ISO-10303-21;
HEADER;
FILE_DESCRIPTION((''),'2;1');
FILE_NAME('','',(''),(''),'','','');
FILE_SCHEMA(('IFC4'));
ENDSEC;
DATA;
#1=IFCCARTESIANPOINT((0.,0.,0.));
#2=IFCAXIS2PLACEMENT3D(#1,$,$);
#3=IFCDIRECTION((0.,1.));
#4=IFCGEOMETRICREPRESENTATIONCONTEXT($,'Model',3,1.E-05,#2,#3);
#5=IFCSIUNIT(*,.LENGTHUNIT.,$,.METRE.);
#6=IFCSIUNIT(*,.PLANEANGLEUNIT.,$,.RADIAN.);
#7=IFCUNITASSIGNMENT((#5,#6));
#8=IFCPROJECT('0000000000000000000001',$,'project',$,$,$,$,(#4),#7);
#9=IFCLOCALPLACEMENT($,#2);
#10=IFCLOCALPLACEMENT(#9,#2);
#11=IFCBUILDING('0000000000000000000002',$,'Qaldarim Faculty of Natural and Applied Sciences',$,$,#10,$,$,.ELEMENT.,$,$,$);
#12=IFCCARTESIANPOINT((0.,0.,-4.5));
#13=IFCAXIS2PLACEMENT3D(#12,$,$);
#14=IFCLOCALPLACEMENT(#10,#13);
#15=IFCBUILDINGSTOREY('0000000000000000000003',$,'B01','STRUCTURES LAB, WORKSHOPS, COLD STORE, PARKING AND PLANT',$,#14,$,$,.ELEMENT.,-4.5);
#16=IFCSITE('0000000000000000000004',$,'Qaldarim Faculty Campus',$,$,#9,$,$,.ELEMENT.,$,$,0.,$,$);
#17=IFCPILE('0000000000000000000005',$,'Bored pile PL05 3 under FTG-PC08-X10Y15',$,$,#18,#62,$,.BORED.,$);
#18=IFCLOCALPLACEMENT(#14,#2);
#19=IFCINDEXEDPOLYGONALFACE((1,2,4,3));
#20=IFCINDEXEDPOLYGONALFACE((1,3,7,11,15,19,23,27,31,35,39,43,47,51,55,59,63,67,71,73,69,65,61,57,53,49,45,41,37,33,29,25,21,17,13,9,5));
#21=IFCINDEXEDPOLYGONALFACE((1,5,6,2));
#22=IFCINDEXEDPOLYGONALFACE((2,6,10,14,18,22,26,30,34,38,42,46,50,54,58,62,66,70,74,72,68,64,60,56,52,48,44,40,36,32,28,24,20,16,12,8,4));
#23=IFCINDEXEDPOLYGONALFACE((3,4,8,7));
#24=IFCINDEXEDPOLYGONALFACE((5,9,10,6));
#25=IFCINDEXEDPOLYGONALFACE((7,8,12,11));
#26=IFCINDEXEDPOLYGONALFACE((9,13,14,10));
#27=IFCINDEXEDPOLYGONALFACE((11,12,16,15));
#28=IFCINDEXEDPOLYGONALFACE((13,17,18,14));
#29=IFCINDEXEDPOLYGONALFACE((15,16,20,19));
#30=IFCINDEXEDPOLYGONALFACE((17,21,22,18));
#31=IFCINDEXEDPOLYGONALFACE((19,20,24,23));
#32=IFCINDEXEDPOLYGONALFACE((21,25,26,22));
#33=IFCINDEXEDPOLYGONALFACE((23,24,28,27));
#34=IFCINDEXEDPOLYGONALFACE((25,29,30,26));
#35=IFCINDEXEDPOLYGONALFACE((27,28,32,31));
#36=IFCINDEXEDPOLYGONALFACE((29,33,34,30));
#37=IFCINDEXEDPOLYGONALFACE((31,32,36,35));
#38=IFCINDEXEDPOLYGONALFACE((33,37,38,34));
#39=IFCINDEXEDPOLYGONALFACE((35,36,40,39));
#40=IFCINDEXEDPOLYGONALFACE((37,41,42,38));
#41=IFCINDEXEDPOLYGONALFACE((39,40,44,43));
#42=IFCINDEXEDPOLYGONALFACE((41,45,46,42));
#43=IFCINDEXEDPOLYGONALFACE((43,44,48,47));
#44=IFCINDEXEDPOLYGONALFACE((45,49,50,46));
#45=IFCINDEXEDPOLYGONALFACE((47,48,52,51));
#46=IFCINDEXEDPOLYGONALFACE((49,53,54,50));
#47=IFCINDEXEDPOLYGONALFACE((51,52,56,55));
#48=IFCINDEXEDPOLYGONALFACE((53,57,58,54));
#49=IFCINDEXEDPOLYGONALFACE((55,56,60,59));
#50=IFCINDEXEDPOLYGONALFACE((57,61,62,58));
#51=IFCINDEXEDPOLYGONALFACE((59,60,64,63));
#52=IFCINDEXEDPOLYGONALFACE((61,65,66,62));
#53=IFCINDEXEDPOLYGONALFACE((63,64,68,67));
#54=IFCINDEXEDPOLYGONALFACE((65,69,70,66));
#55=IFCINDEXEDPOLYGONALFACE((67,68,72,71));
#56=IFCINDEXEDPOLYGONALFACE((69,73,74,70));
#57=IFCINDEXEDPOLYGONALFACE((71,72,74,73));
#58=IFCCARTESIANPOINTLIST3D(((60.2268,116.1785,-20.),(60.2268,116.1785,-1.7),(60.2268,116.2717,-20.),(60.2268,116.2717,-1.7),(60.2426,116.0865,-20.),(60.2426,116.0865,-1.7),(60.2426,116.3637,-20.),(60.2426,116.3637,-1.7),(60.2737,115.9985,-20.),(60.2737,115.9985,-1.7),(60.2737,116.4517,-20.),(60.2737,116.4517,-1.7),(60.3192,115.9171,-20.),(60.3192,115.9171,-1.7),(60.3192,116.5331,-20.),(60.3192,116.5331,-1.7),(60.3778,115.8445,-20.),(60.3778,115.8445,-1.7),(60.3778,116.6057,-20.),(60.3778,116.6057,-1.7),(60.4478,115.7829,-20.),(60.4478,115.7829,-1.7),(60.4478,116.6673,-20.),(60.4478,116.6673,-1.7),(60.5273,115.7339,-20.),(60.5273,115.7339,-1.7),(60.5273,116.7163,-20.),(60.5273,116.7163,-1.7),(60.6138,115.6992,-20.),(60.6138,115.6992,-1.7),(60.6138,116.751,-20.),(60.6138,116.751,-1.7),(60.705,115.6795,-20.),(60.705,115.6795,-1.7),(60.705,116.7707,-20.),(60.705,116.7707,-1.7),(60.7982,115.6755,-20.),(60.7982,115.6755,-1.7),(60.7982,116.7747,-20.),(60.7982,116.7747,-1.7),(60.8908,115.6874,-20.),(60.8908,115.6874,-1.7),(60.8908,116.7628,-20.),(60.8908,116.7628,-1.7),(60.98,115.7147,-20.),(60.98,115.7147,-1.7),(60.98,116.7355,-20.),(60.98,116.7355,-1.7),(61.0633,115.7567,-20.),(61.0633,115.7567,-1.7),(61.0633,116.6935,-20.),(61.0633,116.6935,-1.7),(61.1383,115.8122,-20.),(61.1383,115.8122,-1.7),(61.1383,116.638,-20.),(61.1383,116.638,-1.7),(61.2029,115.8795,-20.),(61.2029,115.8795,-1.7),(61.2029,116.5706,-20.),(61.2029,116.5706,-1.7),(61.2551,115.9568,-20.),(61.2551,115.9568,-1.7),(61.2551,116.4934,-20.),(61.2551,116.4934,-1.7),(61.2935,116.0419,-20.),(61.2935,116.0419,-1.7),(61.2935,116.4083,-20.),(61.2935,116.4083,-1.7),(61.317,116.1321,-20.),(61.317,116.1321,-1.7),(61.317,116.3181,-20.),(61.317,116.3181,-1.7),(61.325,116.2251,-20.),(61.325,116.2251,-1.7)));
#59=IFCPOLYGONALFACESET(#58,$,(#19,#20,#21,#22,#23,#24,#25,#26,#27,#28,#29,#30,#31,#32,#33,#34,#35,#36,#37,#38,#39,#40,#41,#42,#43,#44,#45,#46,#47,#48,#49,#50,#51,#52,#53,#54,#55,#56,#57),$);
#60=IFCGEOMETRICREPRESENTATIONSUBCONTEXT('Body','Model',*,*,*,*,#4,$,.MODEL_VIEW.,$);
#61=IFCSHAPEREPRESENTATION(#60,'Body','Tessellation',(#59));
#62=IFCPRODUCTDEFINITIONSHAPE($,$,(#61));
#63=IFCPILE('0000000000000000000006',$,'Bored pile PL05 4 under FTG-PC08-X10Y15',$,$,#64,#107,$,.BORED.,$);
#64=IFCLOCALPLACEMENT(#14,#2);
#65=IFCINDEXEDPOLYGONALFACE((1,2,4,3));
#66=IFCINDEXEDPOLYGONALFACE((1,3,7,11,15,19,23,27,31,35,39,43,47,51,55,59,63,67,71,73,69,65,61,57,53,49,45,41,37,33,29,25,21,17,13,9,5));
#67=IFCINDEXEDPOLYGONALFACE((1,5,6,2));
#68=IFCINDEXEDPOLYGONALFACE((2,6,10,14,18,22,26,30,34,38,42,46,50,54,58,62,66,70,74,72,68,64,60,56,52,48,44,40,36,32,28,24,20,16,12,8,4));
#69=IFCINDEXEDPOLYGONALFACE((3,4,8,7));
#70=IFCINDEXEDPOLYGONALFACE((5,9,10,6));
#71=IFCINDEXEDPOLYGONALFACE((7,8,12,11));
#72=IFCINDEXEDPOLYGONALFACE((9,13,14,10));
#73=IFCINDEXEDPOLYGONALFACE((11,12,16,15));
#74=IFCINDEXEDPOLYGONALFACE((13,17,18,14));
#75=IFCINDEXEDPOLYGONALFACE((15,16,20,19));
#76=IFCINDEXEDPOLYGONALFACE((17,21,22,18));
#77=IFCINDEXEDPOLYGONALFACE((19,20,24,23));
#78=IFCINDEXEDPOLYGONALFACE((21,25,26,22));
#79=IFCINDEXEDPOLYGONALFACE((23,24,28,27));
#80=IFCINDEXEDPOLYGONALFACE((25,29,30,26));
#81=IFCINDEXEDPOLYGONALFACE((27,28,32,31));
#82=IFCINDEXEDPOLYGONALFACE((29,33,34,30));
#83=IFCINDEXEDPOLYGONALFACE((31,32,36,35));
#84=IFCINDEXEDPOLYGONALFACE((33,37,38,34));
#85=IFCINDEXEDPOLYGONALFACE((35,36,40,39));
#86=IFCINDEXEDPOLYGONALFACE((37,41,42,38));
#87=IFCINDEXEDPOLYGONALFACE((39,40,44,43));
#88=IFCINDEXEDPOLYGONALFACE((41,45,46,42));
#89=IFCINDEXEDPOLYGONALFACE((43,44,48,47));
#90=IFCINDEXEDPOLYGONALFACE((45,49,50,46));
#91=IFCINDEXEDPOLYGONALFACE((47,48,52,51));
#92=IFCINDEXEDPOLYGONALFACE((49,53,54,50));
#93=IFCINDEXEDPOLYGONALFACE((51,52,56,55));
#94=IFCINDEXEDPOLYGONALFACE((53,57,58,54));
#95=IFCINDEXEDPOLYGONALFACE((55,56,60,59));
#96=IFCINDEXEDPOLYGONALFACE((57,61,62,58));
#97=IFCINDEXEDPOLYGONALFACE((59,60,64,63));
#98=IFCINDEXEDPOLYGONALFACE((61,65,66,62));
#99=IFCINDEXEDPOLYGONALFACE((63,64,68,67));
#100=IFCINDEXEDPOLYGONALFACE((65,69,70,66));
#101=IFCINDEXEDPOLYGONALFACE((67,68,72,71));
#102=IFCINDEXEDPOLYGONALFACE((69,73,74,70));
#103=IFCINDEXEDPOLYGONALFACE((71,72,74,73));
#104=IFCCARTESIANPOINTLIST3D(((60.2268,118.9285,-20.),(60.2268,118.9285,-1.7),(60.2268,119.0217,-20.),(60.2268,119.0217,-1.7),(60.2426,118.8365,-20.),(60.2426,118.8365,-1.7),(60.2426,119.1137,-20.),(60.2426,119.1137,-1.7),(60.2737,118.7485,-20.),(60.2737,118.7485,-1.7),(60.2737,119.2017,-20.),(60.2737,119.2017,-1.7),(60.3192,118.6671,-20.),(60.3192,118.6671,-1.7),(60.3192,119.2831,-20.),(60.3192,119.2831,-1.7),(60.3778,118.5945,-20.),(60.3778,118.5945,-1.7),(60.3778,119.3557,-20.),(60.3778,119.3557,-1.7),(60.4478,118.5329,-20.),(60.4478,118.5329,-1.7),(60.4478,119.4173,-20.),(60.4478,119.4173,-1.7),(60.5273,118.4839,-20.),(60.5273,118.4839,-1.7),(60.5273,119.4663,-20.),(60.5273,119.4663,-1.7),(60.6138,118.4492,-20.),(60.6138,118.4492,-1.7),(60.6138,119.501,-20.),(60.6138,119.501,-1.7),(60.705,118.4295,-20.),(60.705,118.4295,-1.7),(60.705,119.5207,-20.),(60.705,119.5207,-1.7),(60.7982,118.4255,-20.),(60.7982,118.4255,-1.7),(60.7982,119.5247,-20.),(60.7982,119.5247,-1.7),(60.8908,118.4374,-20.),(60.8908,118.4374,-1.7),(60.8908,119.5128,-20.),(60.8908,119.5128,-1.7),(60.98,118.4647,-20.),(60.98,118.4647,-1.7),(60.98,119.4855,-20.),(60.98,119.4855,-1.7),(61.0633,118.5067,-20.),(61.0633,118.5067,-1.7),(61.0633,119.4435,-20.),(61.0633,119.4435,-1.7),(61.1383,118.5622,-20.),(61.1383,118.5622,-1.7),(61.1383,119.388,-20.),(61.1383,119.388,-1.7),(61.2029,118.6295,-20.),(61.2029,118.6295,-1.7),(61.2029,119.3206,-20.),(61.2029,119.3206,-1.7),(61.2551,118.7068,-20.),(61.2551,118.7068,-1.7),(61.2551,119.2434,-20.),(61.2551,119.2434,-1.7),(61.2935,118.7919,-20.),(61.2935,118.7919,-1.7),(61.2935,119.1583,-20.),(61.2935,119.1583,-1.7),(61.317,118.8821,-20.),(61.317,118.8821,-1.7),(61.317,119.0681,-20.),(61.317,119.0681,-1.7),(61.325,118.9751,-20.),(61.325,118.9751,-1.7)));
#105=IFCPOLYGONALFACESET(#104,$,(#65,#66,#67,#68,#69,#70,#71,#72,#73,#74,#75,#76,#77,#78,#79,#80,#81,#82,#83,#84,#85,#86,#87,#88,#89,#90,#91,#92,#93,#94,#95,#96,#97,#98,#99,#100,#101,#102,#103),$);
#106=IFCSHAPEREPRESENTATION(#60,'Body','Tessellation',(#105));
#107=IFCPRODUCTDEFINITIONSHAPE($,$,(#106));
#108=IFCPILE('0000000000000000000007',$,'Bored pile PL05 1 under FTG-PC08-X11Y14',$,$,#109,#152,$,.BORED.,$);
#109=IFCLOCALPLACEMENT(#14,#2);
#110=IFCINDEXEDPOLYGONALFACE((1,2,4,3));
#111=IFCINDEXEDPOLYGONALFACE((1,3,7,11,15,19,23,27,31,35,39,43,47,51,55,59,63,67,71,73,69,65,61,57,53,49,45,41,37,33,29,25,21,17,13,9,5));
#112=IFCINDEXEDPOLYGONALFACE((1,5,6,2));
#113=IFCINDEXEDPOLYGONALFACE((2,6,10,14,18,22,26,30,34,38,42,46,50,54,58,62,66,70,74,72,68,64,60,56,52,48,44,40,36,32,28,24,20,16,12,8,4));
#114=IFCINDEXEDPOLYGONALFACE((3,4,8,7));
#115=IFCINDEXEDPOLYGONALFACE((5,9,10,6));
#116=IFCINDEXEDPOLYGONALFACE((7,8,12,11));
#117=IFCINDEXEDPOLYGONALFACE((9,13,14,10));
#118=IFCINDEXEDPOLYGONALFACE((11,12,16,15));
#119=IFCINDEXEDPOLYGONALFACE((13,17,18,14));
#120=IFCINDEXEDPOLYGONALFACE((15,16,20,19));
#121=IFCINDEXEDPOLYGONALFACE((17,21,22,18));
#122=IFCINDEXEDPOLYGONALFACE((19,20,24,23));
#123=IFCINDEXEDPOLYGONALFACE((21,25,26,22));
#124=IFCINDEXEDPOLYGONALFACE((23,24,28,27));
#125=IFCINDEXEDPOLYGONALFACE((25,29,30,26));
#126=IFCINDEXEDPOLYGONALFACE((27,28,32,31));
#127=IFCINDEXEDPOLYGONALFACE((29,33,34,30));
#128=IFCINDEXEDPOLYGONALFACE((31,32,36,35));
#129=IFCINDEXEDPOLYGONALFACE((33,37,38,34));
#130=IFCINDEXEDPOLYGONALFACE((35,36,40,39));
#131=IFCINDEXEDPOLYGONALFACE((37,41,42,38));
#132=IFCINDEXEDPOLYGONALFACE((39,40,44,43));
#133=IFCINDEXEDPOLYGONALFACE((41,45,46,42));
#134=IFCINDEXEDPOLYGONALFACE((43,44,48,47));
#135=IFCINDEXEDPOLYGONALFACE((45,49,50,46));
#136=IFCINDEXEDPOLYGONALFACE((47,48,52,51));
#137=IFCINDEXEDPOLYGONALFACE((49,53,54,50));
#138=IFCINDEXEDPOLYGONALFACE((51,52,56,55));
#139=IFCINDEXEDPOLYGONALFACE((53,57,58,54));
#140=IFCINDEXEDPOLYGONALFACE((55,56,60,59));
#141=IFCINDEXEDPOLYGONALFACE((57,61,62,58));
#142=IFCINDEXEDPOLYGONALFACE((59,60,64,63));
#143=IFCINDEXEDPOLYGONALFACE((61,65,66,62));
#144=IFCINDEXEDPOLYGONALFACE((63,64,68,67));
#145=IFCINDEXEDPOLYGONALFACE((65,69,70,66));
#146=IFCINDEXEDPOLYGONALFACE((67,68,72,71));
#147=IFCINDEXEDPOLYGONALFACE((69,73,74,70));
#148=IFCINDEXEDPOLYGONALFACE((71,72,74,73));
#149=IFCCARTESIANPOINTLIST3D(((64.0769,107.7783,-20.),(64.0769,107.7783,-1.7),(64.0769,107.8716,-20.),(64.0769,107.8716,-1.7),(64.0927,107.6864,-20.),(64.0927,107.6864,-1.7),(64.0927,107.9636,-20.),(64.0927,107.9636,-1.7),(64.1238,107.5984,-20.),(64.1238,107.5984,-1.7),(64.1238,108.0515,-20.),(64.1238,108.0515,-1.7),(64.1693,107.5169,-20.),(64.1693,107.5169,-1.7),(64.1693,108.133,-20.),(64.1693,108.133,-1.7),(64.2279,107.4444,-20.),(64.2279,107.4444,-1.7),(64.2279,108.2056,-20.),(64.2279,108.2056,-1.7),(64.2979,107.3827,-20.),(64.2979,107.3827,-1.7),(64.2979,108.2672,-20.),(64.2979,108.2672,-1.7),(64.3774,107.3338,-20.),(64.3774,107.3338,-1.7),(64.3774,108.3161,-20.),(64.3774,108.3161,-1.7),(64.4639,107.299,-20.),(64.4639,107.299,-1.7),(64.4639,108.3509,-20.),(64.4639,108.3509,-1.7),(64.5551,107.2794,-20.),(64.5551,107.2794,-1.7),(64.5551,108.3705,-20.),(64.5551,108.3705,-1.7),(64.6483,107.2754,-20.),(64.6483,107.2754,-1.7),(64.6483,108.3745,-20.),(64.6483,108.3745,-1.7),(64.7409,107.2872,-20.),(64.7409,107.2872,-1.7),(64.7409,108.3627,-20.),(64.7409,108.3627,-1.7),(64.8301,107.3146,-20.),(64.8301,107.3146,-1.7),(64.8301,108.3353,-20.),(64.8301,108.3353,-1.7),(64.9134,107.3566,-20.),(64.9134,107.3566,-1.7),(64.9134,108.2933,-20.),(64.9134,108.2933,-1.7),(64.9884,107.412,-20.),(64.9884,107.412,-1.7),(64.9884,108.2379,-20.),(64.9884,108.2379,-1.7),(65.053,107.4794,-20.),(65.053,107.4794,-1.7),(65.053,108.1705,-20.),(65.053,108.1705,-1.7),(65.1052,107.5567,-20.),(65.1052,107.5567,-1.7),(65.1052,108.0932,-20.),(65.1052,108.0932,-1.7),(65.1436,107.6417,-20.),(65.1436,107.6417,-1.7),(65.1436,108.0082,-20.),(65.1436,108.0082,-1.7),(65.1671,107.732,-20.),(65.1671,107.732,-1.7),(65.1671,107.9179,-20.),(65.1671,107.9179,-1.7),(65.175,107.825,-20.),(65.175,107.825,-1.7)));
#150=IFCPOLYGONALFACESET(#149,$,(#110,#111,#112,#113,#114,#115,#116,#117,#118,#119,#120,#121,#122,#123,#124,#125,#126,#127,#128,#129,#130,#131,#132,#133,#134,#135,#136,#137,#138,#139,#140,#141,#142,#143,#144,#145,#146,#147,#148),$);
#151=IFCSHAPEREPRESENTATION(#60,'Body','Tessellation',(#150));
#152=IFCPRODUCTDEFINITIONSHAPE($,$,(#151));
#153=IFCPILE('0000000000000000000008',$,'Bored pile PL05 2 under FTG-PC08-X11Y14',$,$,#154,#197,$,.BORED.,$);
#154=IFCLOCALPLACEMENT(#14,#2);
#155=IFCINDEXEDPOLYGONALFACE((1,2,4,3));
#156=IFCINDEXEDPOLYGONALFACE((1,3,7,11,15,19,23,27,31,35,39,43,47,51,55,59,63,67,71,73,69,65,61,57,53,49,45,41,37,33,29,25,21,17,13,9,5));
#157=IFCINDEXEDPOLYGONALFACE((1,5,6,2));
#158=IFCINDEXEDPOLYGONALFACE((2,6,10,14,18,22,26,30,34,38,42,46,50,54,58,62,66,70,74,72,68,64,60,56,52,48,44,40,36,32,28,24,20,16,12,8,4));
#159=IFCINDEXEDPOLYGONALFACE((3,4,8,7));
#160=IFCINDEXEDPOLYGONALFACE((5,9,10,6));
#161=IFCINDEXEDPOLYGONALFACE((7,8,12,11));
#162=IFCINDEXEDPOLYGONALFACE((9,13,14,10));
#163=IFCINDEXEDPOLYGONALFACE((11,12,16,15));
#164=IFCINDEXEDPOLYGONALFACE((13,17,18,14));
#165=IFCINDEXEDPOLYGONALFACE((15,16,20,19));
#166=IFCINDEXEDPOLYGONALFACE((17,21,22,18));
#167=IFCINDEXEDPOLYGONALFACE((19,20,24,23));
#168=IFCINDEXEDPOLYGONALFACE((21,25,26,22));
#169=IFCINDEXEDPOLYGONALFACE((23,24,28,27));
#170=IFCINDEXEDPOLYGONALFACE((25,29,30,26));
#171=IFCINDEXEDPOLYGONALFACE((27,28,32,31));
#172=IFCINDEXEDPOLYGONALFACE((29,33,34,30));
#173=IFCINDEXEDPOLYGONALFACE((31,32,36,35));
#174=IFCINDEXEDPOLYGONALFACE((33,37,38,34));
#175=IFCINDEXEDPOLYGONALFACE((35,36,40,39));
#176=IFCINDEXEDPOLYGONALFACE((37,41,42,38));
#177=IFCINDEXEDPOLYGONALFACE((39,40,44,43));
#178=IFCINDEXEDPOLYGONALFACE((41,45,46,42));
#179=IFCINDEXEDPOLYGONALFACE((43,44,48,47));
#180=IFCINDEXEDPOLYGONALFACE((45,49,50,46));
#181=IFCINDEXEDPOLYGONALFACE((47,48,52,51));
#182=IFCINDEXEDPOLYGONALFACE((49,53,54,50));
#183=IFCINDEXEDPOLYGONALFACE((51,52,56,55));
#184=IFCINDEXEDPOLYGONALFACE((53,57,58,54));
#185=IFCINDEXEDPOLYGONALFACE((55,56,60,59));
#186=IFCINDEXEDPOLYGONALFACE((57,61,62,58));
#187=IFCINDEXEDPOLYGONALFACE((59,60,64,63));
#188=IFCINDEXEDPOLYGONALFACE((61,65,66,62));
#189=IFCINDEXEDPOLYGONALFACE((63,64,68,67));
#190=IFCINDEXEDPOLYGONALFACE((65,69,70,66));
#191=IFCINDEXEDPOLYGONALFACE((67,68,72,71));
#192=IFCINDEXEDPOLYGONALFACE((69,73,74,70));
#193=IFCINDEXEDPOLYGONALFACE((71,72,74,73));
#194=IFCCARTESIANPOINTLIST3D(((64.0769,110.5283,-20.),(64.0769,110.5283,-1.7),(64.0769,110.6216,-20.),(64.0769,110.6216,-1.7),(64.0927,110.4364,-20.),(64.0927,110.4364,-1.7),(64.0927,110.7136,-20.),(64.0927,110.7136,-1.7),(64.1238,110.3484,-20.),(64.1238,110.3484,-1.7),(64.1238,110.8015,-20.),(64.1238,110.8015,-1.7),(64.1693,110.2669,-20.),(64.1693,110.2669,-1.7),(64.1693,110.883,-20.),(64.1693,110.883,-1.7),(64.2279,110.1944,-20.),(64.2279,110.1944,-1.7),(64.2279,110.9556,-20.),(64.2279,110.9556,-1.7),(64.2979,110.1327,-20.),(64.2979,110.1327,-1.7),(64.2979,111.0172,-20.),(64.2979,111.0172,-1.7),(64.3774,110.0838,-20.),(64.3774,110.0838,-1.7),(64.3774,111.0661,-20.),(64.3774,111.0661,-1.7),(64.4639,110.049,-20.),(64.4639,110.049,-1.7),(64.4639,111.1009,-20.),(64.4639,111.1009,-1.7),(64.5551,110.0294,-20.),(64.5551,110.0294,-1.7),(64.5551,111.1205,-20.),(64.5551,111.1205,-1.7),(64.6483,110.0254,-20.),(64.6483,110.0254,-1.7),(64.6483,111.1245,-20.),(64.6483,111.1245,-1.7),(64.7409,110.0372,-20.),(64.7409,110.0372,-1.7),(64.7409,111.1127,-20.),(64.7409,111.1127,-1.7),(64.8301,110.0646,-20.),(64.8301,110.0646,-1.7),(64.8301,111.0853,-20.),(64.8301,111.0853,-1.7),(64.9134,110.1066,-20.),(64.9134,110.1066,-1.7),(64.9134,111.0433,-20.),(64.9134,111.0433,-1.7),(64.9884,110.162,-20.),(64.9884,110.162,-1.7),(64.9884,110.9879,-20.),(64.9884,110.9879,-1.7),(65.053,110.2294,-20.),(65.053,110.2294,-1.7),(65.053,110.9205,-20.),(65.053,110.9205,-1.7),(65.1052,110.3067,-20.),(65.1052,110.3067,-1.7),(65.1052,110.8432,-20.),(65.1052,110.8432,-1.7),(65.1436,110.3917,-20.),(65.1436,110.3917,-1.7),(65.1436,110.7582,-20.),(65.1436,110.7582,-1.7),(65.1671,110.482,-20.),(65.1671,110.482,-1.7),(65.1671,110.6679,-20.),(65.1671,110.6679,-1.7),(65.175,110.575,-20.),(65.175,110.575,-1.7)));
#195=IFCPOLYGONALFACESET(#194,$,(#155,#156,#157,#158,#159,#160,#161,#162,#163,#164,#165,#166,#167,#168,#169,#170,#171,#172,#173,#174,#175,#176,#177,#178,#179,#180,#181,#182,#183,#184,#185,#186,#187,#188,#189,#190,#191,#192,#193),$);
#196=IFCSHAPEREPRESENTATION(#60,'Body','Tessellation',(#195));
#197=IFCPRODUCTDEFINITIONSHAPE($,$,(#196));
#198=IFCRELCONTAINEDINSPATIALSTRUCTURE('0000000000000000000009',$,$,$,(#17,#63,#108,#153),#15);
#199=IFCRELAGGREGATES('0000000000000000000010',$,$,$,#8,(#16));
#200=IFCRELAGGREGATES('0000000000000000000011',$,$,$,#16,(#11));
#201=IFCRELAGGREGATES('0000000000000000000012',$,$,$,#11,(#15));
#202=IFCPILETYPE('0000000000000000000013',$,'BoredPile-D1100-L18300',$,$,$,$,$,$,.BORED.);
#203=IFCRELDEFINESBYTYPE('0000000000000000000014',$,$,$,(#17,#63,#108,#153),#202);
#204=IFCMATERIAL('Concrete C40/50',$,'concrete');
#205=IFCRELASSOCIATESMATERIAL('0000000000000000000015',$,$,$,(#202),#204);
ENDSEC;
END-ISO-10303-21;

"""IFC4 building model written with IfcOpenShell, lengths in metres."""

from ifc_helpers import new_model, si_unit, direction, frame, origin, origin_2d, place, context, subcontext, project, spatial, circle, extrude, material, material_profile, profile_set, type_object, element, save


model = new_model("IFC4")

# Units and contexts
model_context = context("Model", 3, precision=1e-05, world=origin(), true_north=direction((0.0, 1.0)))
body_context = subcontext(model_context, "Body", "Model", "MODEL_VIEW")
ifc_project = project(units=[si_unit("LENGTHUNIT", "METRE"), si_unit("PLANEANGLEUNIT", "RADIAN")], contexts=[model_context])

# Site, building, storey
site_placement = place(None, origin())
site = spatial("IfcSite", under=ifc_project, at=site_placement, Name="Qaldarim Faculty Campus", CompositionType="ELEMENT", RefElevation=0.0)
building_placement = place(site_placement, origin())
building = spatial("IfcBuilding", under=site, at=building_placement, Name="Qaldarim Faculty of Natural and Applied Sciences", CompositionType="ELEMENT")
storey_placement = place(building_placement, frame((0.0, 0.0, -4.5)))
storey = spatial("IfcBuildingStorey", under=building, at=storey_placement, Name="B01", Description="STRUCTURES LAB, WORKSHOPS, COLD STORE, PARKING AND PLANT", CompositionType="ELEMENT", Elevation=-4.5)

# Piles
ifc_material_1 = material(Name="Concrete C40/50", Category="concrete")
ifc_material_profile_1 = material_profile(ifc_material_1, circle(Radius=0.55, at=origin_2d()), Name="PILE-D1100")
ifc_profile_set_1 = profile_set([ifc_material_profile_1], Name="Concrete C40/50")
pile_type_1 = type_object("IfcPileType", Name="BoredPile-D1100-L18300", PredefinedType="BORED", material=ifc_profile_set_1)
for number, where, z_axis, x_axis, name in (
    (1, (60.7749, 116.2251, -1.7), (0.0, 0.0, -1.0), (1.0, 0.0, 0.0), "Bored pile PL05 3 under FTG-PC08-X10Y15"),
    (2, (60.7749, 118.9751, -1.7), (0.0, 0.0, -1.0), (1.0, 0.0, 0.0), "Bored pile PL05 4 under FTG-PC08-X10Y15"),
    (3, (64.625, 107.825, -1.7), (0.0, 0.0, -1.0), (1.0, 0.0, 0.0), "Bored pile PL05 1 under FTG-PC08-X11Y14"),
    (4, (64.625, 110.575, -1.7), (0.0, 0.0, -1.0), (1.0, 0.0, 0.0), "Bored pile PL05 2 under FTG-PC08-X11Y14"),
):
    element("IfcPile", number, at=place(storey_placement, frame(where, z_axis=z_axis, x_axis=x_axis)), inside=storey, type_object=pile_type_1, Name=name, PredefinedType="BORED", context=body_context, shape_type="SweptSolid", body=[
        extrude(circle(Radius=0.55, at=origin_2d()), origin(), (0.0, 0.0, 1.0), 18.3),
    ])

save(model, "model.ifc")
